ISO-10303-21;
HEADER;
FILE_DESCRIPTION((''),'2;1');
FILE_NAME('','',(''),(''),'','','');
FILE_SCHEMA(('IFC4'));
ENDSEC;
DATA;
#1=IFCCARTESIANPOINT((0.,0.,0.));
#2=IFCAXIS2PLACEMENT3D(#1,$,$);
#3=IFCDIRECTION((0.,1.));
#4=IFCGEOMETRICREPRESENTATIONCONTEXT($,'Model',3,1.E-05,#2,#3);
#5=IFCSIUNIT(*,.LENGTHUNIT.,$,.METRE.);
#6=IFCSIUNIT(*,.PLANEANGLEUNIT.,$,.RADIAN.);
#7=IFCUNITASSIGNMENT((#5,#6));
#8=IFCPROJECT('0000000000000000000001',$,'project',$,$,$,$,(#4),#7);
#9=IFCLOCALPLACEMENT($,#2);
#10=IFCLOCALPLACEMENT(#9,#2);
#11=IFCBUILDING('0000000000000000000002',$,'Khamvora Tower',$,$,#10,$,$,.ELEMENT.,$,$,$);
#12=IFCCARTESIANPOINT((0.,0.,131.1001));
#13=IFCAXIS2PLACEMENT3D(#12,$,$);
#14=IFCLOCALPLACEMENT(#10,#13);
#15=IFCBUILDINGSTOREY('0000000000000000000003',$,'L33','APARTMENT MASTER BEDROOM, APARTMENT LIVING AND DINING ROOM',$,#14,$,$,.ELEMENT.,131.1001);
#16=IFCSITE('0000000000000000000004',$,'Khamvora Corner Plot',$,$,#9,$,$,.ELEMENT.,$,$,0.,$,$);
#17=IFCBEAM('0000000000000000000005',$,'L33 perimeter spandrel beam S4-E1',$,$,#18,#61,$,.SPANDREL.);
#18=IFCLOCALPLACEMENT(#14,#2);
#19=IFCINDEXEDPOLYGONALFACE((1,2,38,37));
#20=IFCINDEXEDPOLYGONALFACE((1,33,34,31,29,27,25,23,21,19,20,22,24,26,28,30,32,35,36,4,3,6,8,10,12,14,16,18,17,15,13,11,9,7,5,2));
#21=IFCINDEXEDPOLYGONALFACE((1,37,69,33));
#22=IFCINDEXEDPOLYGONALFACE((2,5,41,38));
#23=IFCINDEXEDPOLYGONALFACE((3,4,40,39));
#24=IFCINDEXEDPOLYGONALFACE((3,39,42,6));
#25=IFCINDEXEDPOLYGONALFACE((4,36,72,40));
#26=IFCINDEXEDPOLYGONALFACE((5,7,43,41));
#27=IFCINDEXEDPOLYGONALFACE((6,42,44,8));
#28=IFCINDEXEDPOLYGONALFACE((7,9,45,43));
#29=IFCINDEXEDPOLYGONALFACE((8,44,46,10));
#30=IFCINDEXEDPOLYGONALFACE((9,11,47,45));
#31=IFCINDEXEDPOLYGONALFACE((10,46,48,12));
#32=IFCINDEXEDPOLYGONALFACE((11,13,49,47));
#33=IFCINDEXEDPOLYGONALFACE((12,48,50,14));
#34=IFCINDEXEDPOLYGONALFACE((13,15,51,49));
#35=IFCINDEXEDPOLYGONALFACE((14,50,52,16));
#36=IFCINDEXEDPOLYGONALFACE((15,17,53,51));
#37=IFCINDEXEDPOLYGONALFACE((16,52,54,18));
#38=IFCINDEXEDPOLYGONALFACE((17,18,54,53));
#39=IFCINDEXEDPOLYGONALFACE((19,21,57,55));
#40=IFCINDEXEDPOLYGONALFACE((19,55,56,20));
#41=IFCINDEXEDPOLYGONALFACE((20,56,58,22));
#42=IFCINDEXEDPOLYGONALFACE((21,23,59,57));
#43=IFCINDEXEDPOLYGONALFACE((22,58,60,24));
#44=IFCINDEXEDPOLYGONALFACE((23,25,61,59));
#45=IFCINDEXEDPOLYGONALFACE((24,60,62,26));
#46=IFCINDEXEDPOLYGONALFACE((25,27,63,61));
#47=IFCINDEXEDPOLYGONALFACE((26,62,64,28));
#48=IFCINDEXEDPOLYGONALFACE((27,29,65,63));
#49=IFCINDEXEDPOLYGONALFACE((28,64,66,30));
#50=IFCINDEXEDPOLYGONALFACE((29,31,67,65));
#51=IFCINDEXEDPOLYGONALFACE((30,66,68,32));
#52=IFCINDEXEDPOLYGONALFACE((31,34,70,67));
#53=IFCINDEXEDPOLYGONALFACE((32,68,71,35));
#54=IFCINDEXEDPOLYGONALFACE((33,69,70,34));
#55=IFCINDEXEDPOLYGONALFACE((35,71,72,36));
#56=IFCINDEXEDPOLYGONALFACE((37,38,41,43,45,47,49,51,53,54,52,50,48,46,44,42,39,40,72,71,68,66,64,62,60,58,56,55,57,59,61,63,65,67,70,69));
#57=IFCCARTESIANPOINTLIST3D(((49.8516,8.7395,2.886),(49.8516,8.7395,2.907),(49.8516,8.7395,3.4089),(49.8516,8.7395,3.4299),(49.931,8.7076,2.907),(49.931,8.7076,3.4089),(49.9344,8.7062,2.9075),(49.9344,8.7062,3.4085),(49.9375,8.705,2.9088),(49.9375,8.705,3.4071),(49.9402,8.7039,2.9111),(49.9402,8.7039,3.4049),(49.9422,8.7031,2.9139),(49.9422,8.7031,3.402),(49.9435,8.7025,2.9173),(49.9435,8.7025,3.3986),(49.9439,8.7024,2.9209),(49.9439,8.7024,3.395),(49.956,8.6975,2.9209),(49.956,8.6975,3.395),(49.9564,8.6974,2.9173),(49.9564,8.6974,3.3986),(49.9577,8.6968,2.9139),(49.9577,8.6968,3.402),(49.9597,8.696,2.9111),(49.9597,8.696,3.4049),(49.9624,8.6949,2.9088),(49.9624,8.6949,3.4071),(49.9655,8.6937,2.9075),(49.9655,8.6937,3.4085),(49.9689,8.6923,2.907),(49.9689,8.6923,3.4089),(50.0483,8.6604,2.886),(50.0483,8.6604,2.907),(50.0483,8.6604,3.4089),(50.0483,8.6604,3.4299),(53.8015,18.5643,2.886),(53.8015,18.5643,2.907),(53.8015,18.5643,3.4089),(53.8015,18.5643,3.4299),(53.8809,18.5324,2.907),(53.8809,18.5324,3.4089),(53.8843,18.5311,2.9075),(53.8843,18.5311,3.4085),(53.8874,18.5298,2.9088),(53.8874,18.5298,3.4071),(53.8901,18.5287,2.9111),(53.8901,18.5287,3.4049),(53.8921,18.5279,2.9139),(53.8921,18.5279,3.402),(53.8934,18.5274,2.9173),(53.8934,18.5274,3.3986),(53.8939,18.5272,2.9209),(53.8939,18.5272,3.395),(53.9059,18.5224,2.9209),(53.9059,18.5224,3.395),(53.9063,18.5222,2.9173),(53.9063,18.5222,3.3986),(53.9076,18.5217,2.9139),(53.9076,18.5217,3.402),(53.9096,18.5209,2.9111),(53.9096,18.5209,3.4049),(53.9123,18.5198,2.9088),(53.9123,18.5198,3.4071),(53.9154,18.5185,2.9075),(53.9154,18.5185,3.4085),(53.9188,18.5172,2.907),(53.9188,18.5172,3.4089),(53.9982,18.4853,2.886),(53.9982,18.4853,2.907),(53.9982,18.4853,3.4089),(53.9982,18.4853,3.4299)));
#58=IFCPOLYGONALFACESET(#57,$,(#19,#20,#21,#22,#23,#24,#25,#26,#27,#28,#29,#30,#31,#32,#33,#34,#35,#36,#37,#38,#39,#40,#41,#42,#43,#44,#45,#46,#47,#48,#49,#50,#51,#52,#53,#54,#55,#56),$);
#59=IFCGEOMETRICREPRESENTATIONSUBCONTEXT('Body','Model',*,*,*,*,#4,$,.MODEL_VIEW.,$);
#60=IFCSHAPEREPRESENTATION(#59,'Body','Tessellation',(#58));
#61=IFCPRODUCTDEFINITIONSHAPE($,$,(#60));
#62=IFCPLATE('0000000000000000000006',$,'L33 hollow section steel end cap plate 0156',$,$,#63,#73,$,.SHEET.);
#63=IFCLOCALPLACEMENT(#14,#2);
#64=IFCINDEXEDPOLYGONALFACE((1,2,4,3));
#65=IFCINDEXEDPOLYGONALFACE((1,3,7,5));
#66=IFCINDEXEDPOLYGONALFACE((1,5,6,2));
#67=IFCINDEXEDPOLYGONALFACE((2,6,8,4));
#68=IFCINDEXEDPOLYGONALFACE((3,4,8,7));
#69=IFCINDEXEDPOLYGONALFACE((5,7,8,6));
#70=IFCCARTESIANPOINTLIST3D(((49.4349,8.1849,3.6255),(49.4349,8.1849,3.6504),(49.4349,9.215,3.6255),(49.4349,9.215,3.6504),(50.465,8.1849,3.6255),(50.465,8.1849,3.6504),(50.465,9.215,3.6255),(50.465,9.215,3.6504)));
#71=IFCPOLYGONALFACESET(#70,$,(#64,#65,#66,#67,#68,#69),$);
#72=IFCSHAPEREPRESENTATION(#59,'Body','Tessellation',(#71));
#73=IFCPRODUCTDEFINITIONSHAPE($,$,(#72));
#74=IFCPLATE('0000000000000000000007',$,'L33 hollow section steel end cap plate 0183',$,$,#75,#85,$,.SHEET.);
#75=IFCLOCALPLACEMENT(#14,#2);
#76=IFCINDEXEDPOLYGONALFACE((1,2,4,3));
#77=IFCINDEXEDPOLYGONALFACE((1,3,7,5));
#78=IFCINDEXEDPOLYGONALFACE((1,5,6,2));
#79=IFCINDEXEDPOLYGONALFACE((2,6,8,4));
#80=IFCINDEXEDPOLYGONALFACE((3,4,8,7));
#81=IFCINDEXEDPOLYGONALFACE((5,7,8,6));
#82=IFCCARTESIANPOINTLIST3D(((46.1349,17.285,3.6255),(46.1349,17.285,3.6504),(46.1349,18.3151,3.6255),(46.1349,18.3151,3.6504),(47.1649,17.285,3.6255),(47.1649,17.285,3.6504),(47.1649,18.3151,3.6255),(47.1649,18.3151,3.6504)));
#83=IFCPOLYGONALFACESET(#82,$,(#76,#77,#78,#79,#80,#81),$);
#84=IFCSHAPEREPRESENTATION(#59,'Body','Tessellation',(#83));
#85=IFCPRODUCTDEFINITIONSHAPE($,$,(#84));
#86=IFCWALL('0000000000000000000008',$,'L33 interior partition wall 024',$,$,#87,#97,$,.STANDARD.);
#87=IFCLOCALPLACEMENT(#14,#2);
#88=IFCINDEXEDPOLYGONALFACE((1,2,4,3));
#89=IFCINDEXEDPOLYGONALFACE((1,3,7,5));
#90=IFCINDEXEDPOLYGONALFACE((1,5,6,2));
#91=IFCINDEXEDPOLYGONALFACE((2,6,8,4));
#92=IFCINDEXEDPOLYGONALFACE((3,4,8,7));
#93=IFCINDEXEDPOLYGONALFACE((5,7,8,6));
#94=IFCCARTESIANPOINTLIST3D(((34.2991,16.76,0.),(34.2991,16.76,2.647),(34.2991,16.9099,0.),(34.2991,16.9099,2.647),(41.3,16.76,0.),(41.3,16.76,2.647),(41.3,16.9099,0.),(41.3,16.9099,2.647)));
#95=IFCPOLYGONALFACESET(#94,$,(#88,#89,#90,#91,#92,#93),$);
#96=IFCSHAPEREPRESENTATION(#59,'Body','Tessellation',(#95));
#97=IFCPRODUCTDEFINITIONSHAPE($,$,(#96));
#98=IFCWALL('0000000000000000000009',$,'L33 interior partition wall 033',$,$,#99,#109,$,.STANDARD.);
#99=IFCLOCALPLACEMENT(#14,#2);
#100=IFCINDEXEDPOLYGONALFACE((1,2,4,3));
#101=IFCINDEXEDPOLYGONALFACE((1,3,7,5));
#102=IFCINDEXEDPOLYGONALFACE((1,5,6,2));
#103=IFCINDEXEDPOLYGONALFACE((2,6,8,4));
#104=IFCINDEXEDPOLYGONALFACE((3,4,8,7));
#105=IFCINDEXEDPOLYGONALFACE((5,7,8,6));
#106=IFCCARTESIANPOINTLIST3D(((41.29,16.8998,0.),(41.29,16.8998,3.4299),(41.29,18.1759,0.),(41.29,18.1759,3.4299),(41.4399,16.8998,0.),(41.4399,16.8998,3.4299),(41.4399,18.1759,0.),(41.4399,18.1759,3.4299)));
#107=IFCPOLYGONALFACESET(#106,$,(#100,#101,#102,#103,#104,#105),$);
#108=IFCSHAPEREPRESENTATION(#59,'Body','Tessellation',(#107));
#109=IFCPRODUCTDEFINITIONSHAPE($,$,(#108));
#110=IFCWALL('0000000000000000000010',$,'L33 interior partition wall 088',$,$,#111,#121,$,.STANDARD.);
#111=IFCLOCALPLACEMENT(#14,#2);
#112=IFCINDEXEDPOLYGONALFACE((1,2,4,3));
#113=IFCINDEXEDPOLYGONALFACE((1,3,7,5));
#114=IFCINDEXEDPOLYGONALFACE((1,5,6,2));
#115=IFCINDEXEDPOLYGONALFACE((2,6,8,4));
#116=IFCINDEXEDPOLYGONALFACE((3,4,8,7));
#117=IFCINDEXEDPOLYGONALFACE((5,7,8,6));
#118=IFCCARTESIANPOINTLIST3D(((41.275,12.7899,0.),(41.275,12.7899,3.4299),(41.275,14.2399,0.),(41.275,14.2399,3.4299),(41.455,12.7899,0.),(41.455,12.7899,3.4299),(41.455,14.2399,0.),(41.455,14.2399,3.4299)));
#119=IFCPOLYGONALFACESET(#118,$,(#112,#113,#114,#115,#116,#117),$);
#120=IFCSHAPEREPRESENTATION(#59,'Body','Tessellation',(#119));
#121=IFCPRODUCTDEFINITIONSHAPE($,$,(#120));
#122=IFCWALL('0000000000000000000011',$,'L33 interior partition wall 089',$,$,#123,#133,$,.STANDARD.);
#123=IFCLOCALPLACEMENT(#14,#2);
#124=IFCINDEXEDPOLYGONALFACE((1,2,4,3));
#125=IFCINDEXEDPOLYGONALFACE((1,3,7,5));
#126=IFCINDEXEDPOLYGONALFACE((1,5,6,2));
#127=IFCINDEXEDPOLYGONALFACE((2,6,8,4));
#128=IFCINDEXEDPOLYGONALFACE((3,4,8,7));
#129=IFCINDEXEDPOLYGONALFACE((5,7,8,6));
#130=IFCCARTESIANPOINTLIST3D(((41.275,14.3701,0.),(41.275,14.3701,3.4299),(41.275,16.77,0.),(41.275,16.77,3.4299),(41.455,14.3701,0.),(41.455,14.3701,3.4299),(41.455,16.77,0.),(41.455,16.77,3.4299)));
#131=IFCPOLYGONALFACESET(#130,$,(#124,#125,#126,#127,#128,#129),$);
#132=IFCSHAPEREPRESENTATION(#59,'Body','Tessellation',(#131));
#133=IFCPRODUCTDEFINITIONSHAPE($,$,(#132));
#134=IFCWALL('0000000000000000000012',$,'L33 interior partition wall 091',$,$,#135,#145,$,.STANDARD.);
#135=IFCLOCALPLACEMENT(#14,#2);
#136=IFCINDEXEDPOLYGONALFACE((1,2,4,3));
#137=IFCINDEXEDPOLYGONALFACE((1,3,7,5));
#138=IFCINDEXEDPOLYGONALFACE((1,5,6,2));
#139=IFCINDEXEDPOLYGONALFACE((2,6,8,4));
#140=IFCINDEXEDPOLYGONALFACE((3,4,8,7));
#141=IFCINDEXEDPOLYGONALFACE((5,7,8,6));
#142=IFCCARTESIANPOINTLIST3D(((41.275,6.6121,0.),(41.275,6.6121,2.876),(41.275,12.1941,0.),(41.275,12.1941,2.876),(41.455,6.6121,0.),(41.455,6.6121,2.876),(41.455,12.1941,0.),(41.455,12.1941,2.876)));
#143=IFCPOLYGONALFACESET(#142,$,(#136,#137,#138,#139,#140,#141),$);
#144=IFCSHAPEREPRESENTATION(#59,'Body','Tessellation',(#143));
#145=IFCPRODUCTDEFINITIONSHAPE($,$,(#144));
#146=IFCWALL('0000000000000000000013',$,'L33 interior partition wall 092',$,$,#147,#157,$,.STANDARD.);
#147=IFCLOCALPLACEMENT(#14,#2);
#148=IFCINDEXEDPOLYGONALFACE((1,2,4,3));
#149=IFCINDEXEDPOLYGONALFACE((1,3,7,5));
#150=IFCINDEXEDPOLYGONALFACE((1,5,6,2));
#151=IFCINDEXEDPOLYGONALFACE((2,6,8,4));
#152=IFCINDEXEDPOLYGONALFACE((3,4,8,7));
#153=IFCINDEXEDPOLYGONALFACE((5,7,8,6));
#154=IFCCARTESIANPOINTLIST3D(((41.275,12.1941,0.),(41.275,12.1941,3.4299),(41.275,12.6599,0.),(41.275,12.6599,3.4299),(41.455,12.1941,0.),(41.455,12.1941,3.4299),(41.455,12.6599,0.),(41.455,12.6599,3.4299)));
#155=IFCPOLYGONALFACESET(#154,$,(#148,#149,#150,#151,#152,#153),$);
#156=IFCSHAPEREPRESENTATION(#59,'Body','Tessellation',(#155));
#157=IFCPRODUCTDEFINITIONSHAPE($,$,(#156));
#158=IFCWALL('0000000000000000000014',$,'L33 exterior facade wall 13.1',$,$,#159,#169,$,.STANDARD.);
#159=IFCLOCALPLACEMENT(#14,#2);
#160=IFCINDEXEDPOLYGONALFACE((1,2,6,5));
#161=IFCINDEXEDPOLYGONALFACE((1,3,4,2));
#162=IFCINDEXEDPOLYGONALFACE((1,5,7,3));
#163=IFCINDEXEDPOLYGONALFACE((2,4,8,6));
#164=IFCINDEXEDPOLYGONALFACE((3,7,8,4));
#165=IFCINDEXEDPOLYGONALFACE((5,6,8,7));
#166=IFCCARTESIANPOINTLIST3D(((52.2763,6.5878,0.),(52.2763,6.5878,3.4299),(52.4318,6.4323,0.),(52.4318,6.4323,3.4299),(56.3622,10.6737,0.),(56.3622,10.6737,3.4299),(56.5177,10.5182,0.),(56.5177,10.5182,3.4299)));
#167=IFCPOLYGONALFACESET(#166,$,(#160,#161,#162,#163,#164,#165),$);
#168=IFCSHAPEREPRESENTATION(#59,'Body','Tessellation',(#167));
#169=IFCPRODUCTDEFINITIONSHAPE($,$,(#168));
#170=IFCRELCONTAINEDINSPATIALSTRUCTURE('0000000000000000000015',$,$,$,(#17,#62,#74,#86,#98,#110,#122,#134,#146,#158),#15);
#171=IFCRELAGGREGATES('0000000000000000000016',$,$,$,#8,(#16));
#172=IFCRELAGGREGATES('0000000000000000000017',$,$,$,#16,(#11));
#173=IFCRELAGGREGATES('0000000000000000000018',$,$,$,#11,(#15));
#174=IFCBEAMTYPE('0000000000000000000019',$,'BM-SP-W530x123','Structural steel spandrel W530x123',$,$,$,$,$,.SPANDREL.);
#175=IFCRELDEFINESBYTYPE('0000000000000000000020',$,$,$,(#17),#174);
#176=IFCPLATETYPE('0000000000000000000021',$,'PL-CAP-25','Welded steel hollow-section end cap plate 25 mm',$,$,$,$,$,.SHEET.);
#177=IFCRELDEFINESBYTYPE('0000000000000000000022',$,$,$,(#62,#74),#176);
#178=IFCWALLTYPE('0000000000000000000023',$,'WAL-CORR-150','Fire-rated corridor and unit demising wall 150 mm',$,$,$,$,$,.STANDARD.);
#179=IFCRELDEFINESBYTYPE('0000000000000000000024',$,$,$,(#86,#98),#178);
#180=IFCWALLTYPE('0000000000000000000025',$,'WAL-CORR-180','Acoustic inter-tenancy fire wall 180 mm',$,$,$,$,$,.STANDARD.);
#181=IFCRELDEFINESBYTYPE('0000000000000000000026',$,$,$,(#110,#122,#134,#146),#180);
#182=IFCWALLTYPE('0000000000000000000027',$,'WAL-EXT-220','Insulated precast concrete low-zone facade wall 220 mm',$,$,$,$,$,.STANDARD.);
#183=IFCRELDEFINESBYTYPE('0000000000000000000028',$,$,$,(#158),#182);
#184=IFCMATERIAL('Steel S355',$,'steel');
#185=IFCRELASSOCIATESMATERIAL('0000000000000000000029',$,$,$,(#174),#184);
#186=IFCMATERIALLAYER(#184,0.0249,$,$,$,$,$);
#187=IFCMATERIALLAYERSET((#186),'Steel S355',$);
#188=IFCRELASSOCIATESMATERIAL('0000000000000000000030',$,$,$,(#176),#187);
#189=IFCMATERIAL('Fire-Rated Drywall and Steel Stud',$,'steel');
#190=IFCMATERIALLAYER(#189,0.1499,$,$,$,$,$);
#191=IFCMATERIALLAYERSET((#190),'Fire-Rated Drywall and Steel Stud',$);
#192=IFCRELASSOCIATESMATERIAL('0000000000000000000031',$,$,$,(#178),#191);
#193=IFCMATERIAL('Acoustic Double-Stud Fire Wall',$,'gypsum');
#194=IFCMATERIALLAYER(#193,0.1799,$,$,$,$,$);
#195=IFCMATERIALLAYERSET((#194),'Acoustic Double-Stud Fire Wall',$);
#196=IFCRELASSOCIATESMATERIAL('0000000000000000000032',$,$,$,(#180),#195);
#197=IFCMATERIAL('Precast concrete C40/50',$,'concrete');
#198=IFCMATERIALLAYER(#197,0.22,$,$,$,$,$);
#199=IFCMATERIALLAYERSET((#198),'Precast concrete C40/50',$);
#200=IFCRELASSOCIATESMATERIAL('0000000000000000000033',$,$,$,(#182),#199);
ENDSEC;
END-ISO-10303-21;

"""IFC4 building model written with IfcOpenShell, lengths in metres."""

from ifc_helpers import new_model, si_unit, direction, frame, frame_2d, origin, origin_2d, place, context, subcontext, project, spatial, rectangle, i_section, extrude, material, layer, layer_set, material_profile, profile_set, type_object, element, save


model = new_model("IFC4")

# Units and contexts
model_context = context("Model", 3, precision=1e-05, world=origin(), true_north=direction((0.0, 1.0)))
body_context = subcontext(model_context, "Body", "Model", "MODEL_VIEW")
ifc_project = project(units=[si_unit("LENGTHUNIT", "METRE"), si_unit("PLANEANGLEUNIT", "RADIAN")], contexts=[model_context])

# Site, building, storey
site_placement = place(None, origin())
site = spatial("IfcSite", under=ifc_project, at=site_placement, Name="Khamvora Corner Plot", CompositionType="ELEMENT", RefElevation=0.0)
building_placement = place(site_placement, origin())
building = spatial("IfcBuilding", under=site, at=building_placement, Name="Khamvora Tower", CompositionType="ELEMENT")
storey_placement = place(building_placement, frame((0.0, 0.0, 131.1001)))
storey = spatial("IfcBuildingStorey", under=building, at=storey_placement, Name="L33", Description="APARTMENT MASTER BEDROOM, APARTMENT LIVING AND DINING ROOM", CompositionType="ELEMENT", Elevation=131.1001)

# Shared definitions
ifc_material_1 = material(Name="Steel S355", Category="steel")

# Beam
ifc_material_profile_1 = material_profile(ifc_material_1, i_section(OverallWidth=0.2119, OverallDepth=0.5439, WebThickness=0.0129, FlangeThickness=0.021, FilletRadius=0.0139, at=origin_2d()), Name="W530x123")
ifc_profile_set_1 = profile_set([ifc_material_profile_1], Name="Steel S355")
beam_type_1 = type_object("IfcBeamType", Name="BM-SP-W530x123", Description="Structural steel spandrel W530x123", PredefinedType="SPANDREL", material=ifc_profile_set_1)
beam_1_placement = place(storey_placement, frame((49.95, 8.7, 3.158), z_axis=(0.373016, 0.927825, 0.0), x_axis=(-0.927825, 0.373016, 0.0)))
element("IfcBeam", 1, at=beam_1_placement, inside=storey, type_object=beam_type_1, Name="L33 perimeter spandrel beam S4-E1", PredefinedType="SPANDREL", context=body_context, shape_type="SweptSolid", body=[
    extrude(i_section(OverallWidth=0.2119, OverallDepth=0.5439, WebThickness=0.0129, FlangeThickness=0.021, FilletRadius=0.0139, at=origin_2d()), origin(), (0.0, 0.0, 1.0), 10.5891),
])

# Plates
ifc_layer_1 = layer(ifc_material_1, 0.0249)
ifc_layer_set_1 = layer_set([ifc_layer_1], Name="Steel S355")
plate_type = type_object("IfcPlateType", Name="PL-CAP-25", Description="Welded steel hollow-section end cap plate 25 mm", PredefinedType="SHEET", material=ifc_layer_set_1)
for number, where, z_axis, x_axis, name in (
    (2, (49.95, 8.7, 3.6255), (0.0, 0.0, 1.0), (1.0, 0.0, 0.0), "L33 hollow section steel end cap plate 0156"),
    (3, (46.6499, 17.8, 3.6255), (0.0, 0.0, 1.0), (1.0, 0.0, 0.0), "L33 hollow section steel end cap plate 0183"),
):
    element("IfcPlate", number, at=place(storey_placement, frame(where, z_axis=z_axis, x_axis=x_axis)), inside=storey, type_object=plate_type, Name=name, PredefinedType="SHEET", context=body_context, shape_type="SweptSolid", body=[
        extrude(rectangle(XDim=1.03, YDim=1.03, at=origin_2d()), origin(), (0.0, 0.0, 1.0), 0.0249),
    ])

# Walls
ifc_material_2 = material(Name="Fire-Rated Drywall and Steel Stud", Category="steel")
ifc_layer_2 = layer(ifc_material_2, 0.1499)
ifc_layer_set_2 = layer_set([ifc_layer_2], Name="Fire-Rated Drywall and Steel Stud")
wall_type_1 = type_object("IfcWallType", Name="WAL-CORR-150", Description="Fire-rated corridor and unit demising wall 150 mm", PredefinedType="STANDARD", material=ifc_layer_set_2)
wall_1_placement = place(storey_placement, frame((41.3, 16.835, 0.0), z_axis=(0.0, 0.0, 1.0), x_axis=(-1.0, 0.0, 0.0)))
element("IfcWall", 4, at=wall_1_placement, inside=storey, type_object=wall_type_1, Name="L33 interior partition wall 024", PredefinedType="STANDARD", context=body_context, shape_type="SweptSolid", body=[
    extrude(rectangle(XDim=7.001, YDim=0.1499, at=frame_2d((3.5005, 0.0))), origin(), (0.0, 0.0, 1.0), 2.647),
])
wall_2_placement = place(storey_placement, frame((41.365, 18.176, 0.0), z_axis=(0.0, 0.0, 1.0), x_axis=(0.0, -1.0, 0.0)))
element("IfcWall", 5, at=wall_2_placement, inside=storey, type_object=wall_type_1, Name="L33 interior partition wall 033", PredefinedType="STANDARD", context=body_context, shape_type="SweptSolid", body=[
    extrude(rectangle(XDim=1.2761, YDim=0.1499, at=frame_2d((0.6382, 0.0))), origin(), (0.0, 0.0, 1.0), 3.4299),
])
ifc_material_3 = material(Name="Acoustic Double-Stud Fire Wall", Category="gypsum")
ifc_layer_3 = layer(ifc_material_3, 0.1799)
ifc_layer_set_3 = layer_set([ifc_layer_3], Name="Acoustic Double-Stud Fire Wall")
wall_type_2 = type_object("IfcWallType", Name="WAL-CORR-180", Description="Acoustic inter-tenancy fire wall 180 mm", PredefinedType="STANDARD", material=ifc_layer_set_3)
wall_3_placement = place(storey_placement, frame((41.365, 14.24, 0.0), z_axis=(0.0, 0.0, 1.0), x_axis=(0.0, -1.0, 0.0)))
element("IfcWall", 6, at=wall_3_placement, inside=storey, type_object=wall_type_2, Name="L33 interior partition wall 088", PredefinedType="STANDARD", context=body_context, shape_type="SweptSolid", body=[
    extrude(rectangle(XDim=1.45, YDim=0.1799, at=frame_2d((0.7251, 0.0))), origin(), (0.0, 0.0, 1.0), 3.4299),
])
wall_4_placement = place(storey_placement, frame((41.365, 16.77, 0.0), z_axis=(0.0, 0.0, 1.0), x_axis=(0.0, -1.0, 0.0)))
element("IfcWall", 7, at=wall_4_placement, inside=storey, type_object=wall_type_2, Name="L33 interior partition wall 089", PredefinedType="STANDARD", context=body_context, shape_type="SweptSolid", body=[
    extrude(rectangle(XDim=2.3999, YDim=0.1799, at=frame_2d((1.2, 0.0))), origin(), (0.0, 0.0, 1.0), 3.4299),
])
wall_5_placement = place(storey_placement, frame((41.365, 12.1941, 0.0), z_axis=(0.0, 0.0, 1.0), x_axis=(0.0, -1.0, 0.0)))
element("IfcWall", 8, at=wall_5_placement, inside=storey, type_object=wall_type_2, Name="L33 interior partition wall 091", PredefinedType="STANDARD", context=body_context, shape_type="SweptSolid", body=[
    extrude(rectangle(XDim=5.582, YDim=0.1799, at=frame_2d((2.791, 0.0))), origin(), (0.0, 0.0, 1.0), 2.876),
])
wall_6_placement = place(storey_placement, frame((41.365, 12.6599, 0.0), z_axis=(0.0, 0.0, 1.0), x_axis=(0.0, -1.0, 0.0)))
element("IfcWall", 9, at=wall_6_placement, inside=storey, type_object=wall_type_2, Name="L33 interior partition wall 092", PredefinedType="STANDARD", context=body_context, shape_type="SweptSolid", body=[
    extrude(rectangle(XDim=0.4658, YDim=0.1799, at=frame_2d((0.2329, 0.0))), origin(), (0.0, 0.0, 1.0), 3.4299),
])
ifc_material_4 = material(Name="Precast concrete C40/50", Category="concrete")
ifc_layer_4 = layer(ifc_material_4, 0.22)
ifc_layer_set_4 = layer_set([ifc_layer_4], Name="Precast concrete C40/50")
wall_type_3 = type_object("IfcWallType", Name="WAL-EXT-220", Description="Insulated precast concrete low-zone facade wall 220 mm", PredefinedType="STANDARD", material=ifc_layer_set_4)
wall_7_placement = place(storey_placement, frame((56.4399, 10.5959, 0.0), z_axis=(0.0, 0.0, 1.0), x_axis=(-0.707107, -0.707107, 0.0)))
element("IfcWall", 10, at=wall_7_placement, inside=storey, type_object=wall_type_3, Name="L33 exterior facade wall 13.1", PredefinedType="STANDARD", context=body_context, shape_type="SweptSolid", body=[
    extrude(rectangle(XDim=5.7783, YDim=0.22, at=frame_2d((2.8892, 0.0))), origin(), (0.0, 0.0, 1.0), 3.4299),
])

save(model, "model.ifc")
